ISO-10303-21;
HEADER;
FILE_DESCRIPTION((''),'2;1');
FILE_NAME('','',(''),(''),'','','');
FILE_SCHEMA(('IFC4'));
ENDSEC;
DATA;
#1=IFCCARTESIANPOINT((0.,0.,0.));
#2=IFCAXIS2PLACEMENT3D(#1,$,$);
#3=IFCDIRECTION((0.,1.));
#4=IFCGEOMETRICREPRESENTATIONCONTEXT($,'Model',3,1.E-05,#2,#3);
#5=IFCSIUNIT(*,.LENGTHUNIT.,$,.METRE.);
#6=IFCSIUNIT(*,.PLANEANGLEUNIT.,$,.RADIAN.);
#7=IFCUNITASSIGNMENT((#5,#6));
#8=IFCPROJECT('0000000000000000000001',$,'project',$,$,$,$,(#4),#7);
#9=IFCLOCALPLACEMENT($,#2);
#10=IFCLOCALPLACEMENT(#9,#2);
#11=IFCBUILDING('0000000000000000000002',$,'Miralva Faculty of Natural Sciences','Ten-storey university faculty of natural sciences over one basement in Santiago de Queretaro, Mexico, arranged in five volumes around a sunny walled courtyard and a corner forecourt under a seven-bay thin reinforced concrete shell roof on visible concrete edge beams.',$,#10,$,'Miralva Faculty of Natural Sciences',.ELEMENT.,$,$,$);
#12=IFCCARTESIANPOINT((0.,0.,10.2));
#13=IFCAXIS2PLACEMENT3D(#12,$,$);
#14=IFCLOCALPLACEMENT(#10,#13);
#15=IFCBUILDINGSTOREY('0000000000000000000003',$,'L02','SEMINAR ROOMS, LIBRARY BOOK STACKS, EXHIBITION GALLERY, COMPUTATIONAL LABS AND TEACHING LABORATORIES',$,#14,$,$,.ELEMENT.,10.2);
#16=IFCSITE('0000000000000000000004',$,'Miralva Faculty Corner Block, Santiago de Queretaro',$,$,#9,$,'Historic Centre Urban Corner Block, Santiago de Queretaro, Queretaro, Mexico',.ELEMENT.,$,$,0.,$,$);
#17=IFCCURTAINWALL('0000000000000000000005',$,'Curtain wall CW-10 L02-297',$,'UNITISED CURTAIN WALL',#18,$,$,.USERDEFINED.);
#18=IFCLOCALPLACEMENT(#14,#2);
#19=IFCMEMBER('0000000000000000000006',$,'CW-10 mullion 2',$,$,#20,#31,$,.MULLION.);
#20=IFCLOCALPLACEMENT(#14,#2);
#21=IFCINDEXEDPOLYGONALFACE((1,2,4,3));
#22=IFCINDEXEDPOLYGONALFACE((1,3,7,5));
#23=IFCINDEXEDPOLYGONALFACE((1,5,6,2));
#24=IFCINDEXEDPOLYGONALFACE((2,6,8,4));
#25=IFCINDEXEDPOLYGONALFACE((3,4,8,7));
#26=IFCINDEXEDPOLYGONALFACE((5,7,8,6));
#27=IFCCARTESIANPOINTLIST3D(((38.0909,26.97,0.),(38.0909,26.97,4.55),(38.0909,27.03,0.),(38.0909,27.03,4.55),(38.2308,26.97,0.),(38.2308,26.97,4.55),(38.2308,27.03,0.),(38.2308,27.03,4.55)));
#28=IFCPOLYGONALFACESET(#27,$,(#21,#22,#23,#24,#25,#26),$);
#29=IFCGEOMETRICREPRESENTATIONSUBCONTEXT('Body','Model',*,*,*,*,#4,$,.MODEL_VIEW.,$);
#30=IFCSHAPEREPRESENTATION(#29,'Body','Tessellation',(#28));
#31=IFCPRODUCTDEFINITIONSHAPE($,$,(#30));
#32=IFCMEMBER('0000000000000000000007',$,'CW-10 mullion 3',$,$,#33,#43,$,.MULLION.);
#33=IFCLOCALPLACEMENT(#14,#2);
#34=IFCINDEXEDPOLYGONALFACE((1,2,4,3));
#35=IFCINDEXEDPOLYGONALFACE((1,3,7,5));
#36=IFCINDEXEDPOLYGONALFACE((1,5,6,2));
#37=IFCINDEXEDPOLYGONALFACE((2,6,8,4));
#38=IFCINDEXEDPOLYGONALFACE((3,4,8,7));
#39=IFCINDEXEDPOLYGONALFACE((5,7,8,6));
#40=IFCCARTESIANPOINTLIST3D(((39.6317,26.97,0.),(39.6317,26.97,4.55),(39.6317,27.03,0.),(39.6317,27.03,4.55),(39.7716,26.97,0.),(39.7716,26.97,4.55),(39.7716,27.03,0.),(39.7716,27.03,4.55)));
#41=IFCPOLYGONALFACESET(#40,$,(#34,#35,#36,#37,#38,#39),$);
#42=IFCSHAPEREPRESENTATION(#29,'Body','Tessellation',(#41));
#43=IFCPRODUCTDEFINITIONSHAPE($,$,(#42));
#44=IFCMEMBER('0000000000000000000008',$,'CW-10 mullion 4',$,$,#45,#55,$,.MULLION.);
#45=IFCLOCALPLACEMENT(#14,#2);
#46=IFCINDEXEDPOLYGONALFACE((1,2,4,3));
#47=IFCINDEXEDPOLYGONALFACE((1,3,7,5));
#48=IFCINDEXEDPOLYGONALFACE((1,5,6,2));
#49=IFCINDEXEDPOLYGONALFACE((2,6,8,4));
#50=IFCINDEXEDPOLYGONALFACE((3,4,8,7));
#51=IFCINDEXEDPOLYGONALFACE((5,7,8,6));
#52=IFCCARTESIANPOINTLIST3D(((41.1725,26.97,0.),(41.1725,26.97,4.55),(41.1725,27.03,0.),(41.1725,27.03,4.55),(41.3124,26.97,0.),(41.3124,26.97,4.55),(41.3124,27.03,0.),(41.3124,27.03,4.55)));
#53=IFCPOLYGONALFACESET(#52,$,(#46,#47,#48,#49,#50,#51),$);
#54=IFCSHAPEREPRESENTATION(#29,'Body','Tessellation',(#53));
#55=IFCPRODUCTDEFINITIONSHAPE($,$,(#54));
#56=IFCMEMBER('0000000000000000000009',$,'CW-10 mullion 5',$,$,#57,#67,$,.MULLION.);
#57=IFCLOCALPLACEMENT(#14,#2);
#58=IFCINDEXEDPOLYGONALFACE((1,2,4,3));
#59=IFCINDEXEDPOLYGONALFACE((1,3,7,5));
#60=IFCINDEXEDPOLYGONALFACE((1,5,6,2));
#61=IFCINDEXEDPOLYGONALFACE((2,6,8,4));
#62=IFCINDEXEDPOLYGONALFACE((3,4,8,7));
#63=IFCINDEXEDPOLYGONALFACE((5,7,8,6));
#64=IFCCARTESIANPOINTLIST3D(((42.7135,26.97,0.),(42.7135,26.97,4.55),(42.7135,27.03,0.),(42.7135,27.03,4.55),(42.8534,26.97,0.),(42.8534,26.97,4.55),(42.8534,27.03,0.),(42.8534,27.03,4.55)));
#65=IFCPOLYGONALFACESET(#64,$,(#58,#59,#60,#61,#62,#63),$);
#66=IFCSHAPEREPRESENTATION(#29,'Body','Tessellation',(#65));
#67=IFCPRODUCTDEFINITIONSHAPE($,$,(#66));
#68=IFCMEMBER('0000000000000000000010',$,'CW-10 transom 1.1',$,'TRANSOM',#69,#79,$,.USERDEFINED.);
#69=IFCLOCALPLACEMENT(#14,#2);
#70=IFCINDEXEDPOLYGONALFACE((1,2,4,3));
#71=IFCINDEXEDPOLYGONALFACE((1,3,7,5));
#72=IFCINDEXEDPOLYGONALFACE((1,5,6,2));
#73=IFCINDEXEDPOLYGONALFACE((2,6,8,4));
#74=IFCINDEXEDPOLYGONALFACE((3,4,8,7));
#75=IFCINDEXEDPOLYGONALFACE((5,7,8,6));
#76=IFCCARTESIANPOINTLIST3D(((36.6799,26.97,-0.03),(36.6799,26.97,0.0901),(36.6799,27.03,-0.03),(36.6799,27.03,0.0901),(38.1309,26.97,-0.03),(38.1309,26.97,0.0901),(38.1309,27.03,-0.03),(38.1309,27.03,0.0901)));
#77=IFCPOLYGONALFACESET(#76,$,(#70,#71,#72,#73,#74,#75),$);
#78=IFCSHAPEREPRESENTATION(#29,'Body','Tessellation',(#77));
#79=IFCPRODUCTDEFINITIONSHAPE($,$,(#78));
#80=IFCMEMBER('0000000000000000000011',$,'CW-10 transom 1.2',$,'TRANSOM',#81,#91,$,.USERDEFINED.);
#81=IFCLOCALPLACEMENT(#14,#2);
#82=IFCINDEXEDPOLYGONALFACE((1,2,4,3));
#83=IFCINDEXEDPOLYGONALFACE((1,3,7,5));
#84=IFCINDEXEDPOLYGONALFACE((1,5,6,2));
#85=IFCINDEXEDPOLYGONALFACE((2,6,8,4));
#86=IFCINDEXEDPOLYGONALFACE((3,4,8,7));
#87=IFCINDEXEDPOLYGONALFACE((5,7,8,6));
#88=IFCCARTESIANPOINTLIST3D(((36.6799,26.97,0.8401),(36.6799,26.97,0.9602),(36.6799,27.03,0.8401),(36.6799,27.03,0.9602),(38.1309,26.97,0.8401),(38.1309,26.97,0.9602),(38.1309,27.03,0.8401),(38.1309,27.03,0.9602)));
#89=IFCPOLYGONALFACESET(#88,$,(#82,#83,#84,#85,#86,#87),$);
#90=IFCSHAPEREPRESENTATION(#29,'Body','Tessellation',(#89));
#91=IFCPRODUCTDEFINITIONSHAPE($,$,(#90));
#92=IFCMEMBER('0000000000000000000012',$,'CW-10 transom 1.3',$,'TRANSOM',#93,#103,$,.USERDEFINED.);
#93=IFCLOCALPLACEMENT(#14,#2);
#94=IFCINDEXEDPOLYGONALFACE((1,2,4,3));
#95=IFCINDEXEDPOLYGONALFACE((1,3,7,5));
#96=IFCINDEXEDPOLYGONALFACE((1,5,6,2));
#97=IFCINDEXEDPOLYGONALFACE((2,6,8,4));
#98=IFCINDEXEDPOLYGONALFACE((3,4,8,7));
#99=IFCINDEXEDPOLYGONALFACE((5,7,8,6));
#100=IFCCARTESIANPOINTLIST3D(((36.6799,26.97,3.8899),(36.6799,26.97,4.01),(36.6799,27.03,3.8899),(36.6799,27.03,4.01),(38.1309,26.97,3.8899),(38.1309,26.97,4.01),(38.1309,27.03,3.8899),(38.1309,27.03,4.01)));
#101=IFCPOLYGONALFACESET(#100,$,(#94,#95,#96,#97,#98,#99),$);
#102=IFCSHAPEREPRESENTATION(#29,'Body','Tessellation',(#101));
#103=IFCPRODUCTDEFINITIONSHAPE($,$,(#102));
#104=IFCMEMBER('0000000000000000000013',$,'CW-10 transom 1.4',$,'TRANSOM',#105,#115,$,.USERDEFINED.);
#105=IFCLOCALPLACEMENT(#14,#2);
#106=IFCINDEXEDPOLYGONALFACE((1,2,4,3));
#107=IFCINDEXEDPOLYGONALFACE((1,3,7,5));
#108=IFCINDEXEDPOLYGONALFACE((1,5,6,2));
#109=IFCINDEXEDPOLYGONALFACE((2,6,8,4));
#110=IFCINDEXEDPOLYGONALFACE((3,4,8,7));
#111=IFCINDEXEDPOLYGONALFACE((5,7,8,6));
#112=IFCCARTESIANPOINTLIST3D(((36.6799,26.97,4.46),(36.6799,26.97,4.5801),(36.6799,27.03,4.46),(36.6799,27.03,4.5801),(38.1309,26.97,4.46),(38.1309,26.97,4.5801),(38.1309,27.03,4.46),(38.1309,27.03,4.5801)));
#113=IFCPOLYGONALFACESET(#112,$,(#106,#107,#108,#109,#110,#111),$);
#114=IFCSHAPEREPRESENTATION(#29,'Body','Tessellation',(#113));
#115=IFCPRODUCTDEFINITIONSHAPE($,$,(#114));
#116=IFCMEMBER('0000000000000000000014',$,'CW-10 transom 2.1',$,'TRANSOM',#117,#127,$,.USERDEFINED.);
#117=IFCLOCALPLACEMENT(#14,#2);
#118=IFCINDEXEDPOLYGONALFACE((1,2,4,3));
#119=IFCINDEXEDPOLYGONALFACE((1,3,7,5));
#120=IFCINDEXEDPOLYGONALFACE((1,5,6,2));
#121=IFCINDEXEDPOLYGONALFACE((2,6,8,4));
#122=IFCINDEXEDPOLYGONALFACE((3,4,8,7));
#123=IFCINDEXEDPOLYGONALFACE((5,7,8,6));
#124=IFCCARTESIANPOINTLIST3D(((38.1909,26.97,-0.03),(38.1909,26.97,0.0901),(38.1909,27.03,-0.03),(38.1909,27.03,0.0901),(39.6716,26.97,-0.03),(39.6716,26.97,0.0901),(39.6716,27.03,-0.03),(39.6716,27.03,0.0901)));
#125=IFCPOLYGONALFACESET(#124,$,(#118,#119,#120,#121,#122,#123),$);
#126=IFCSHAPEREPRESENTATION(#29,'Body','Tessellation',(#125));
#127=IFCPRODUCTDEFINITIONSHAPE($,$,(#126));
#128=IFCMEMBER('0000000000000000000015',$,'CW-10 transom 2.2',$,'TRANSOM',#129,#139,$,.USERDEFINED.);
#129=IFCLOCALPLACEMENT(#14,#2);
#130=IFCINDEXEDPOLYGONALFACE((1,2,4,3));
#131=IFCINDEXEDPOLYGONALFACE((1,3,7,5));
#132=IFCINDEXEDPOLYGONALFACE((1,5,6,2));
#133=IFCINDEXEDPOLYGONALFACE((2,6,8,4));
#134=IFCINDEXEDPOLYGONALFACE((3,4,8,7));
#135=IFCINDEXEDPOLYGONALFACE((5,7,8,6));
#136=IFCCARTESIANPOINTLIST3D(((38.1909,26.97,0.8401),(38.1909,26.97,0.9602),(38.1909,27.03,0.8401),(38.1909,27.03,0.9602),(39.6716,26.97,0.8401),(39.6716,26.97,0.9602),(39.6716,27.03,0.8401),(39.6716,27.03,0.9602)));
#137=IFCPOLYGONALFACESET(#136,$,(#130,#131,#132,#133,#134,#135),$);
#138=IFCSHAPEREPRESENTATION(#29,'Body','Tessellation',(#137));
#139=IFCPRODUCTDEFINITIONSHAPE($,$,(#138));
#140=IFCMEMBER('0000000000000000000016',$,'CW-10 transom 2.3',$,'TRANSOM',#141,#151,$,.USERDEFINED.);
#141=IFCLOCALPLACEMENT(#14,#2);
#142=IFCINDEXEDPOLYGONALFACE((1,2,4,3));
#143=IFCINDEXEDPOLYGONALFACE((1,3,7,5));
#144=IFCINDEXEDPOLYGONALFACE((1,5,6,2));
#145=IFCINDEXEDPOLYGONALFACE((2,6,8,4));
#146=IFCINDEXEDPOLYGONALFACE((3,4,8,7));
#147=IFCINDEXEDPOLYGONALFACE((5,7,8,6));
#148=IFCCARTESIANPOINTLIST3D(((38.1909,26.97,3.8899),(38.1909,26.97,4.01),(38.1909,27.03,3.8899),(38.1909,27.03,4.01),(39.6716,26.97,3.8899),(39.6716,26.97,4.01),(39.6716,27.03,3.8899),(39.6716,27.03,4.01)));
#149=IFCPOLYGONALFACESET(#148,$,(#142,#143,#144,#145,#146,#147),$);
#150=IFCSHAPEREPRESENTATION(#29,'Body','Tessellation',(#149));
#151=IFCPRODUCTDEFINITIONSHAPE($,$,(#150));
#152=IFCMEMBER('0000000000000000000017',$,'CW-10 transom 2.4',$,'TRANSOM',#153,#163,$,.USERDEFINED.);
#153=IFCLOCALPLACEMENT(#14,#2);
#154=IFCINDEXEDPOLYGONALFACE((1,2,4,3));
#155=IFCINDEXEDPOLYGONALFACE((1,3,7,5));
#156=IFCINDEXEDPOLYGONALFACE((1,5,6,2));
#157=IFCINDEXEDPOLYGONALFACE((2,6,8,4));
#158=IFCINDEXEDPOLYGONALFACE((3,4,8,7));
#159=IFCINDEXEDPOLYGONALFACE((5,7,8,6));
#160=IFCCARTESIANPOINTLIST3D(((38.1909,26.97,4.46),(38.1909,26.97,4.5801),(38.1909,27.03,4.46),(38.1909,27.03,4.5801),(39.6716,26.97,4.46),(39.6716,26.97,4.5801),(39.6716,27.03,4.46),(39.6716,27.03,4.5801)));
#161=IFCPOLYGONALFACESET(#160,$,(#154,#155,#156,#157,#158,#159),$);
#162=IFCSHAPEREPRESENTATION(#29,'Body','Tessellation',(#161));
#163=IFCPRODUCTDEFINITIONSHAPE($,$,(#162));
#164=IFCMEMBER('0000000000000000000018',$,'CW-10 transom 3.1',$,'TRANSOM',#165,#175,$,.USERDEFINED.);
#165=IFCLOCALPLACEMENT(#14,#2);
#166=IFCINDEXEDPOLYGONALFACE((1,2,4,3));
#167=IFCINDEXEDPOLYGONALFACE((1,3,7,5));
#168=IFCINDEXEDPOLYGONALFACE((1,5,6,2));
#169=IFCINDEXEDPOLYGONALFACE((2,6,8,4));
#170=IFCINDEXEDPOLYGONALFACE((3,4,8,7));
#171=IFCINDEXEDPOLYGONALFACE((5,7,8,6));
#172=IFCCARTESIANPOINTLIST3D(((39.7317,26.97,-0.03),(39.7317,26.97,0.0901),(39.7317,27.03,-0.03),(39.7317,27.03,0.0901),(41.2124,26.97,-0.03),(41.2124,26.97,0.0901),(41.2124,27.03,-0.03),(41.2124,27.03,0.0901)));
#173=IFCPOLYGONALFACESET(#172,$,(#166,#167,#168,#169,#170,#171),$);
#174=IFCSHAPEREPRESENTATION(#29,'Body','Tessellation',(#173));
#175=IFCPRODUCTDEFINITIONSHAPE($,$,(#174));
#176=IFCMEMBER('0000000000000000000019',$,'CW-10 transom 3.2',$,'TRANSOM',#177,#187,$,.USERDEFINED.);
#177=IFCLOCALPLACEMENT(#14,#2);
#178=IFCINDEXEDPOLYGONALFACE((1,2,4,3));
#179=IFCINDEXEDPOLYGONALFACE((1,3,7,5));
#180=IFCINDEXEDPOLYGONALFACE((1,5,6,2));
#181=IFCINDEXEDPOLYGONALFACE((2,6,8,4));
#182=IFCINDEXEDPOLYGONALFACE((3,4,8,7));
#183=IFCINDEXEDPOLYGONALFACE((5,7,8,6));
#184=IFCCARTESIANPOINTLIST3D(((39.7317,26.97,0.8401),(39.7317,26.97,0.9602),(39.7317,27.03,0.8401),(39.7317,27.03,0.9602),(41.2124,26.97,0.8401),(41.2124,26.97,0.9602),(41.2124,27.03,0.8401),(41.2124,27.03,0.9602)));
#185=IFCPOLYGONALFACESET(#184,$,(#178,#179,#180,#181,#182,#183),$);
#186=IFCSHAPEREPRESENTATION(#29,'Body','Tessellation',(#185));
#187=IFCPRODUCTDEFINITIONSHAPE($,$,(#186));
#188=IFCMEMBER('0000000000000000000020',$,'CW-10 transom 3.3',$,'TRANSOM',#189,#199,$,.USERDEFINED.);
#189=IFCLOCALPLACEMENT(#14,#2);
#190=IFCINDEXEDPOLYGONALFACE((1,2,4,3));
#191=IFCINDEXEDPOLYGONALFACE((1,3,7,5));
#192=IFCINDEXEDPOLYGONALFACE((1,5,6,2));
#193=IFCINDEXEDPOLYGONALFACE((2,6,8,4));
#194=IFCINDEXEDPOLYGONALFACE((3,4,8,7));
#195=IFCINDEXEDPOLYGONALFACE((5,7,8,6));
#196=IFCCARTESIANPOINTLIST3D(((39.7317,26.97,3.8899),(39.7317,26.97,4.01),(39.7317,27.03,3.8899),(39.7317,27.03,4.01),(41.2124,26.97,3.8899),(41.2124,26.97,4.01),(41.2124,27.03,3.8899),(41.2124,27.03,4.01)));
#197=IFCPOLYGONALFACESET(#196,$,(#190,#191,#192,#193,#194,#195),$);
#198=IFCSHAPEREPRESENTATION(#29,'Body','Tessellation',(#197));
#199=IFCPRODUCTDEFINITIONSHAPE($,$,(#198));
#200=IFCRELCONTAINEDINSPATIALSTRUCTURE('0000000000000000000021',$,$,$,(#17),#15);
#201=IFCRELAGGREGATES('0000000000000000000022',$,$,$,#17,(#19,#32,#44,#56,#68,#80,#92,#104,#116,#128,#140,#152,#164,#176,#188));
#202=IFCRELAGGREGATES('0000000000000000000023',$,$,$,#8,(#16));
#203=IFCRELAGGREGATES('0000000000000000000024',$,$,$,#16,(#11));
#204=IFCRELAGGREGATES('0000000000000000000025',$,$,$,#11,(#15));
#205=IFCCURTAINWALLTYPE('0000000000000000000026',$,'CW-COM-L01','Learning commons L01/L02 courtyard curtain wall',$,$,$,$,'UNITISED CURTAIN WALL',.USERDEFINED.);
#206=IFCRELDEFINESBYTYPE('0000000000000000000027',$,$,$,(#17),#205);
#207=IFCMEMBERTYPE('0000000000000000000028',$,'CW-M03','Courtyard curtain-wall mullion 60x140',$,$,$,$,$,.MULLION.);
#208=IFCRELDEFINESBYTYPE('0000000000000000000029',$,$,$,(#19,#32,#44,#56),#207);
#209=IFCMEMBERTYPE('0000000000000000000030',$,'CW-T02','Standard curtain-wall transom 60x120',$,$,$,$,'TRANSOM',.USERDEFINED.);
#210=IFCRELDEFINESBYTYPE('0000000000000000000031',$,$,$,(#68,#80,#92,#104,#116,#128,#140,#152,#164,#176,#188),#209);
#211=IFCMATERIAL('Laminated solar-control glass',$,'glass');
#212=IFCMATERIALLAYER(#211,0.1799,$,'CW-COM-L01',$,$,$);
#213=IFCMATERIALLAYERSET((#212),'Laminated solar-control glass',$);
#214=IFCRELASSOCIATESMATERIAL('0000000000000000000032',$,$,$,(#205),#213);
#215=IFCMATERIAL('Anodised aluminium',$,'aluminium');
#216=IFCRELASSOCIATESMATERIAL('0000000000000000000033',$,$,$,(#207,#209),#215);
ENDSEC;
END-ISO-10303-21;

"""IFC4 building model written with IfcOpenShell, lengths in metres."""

from ifc_helpers import new_model, si_unit, direction, frame, origin, origin_2d, place, context, subcontext, project, spatial, rectangle, extrude, material, layer, layer_set, material_profile, profile_set, type_object, element, aggregate, save


model = new_model("IFC4")

# Units and contexts
model_context = context("Model", 3, precision=1e-05, world=origin(), true_north=direction((0.0, 1.0)))
body_context = subcontext(model_context, "Body", "Model", "MODEL_VIEW")
ifc_project = project(units=[si_unit("LENGTHUNIT", "METRE"), si_unit("PLANEANGLEUNIT", "RADIAN")], contexts=[model_context])

# Site, building, storey
site_placement = place(None, origin())
site = spatial("IfcSite", under=ifc_project, at=site_placement, Name="Miralva Faculty Corner Block, Santiago de Queretaro", LongName="Historic Centre Urban Corner Block, Santiago de Queretaro, Queretaro, Mexico", CompositionType="ELEMENT", RefElevation=0.0)
building_placement = place(site_placement, origin())
building = spatial("IfcBuilding", under=site, at=building_placement, Name="Miralva Faculty of Natural Sciences", Description="Ten-storey university faculty of natural sciences over one basement in Santiago de Queretaro, Mexico, arranged in five volumes around a sunny walled courtyard and a corner forecourt under a seven-bay thin reinforced concrete shell roof on visible concrete edge beams.", LongName="Miralva Faculty of Natural Sciences", CompositionType="ELEMENT")
storey_placement = place(building_placement, frame((0.0, 0.0, 10.2)))
storey = spatial("IfcBuildingStorey", under=building, at=storey_placement, Name="L02", Description="SEMINAR ROOMS, LIBRARY BOOK STACKS, EXHIBITION GALLERY, COMPUTATIONAL LABS AND TEACHING LABORATORIES", CompositionType="ELEMENT", Elevation=10.2)

# Curtain wall, members
ifc_material_1 = material(Name="Laminated solar-control glass", Category="glass")
ifc_layer_1 = layer(ifc_material_1, 0.1799, Name="CW-COM-L01")
ifc_layer_set_1 = layer_set([ifc_layer_1], Name="Laminated solar-control glass")
curtain_wall_type = type_object("IfcCurtainWallType", Name="CW-COM-L01", Description="Learning commons L01/L02 courtyard curtain wall", ElementType="UNITISED CURTAIN WALL", PredefinedType="USERDEFINED", material=ifc_layer_set_1)
curtain_wall_placement = place(storey_placement, origin())
curtain_wall = element("IfcCurtainWall", 1, at=curtain_wall_placement, inside=storey, type_object=curtain_wall_type, Name="Curtain wall CW-10 L02-297", ObjectType="UNITISED CURTAIN WALL", PredefinedType="USERDEFINED")
ifc_material_2 = material(Name="Anodised aluminium", Category="aluminium")
ifc_material_profile_1 = material_profile(ifc_material_2, rectangle(XDim=0.0601, YDim=0.1399, at=origin_2d()), Name="MULLION 60x140")
ifc_profile_set_1 = profile_set([ifc_material_profile_1], Name="Anodised aluminium")
member_type_1 = type_object("IfcMemberType", Name="CW-M03", Description="Courtyard curtain-wall mullion 60x140", PredefinedType="MULLION", material=ifc_profile_set_1)
member_1_placement = place(storey_placement, frame((38.1609, 27.0, 0.0), z_axis=(0.0, 0.0, 1.0), x_axis=(0.0, 1.0, 0.0)))
member_1 = element("IfcMember", 2, at=member_1_placement, type_object=member_type_1, Name="CW-10 mullion 2", PredefinedType="MULLION", context=body_context, shape_type="SweptSolid", body=[
    extrude(rectangle(XDim=0.0601, YDim=0.1399, at=origin_2d()), origin(), (0.0, 0.0, 1.0), 4.55),
])
member_2_placement = place(storey_placement, frame((39.7017, 27.0, 0.0), z_axis=(0.0, 0.0, 1.0), x_axis=(0.0, 1.0, 0.0)))
member_2 = element("IfcMember", 3, at=member_2_placement, type_object=member_type_1, Name="CW-10 mullion 3", PredefinedType="MULLION", context=body_context, shape_type="SweptSolid", body=[
    extrude(rectangle(XDim=0.0601, YDim=0.1399, at=origin_2d()), origin(), (0.0, 0.0, 1.0), 4.55),
])
member_3_placement = place(storey_placement, frame((41.2424, 27.0, 0.0), z_axis=(0.0, 0.0, 1.0), x_axis=(0.0, 1.0, 0.0)))
member_3 = element("IfcMember", 4, at=member_3_placement, type_object=member_type_1, Name="CW-10 mullion 4", PredefinedType="MULLION", context=body_context, shape_type="SweptSolid", body=[
    extrude(rectangle(XDim=0.0601, YDim=0.1399, at=origin_2d()), origin(), (0.0, 0.0, 1.0), 4.55),
])
member_4_placement = place(storey_placement, frame((42.7834, 27.0, 0.0), z_axis=(0.0, 0.0, 1.0), x_axis=(0.0, 1.0, 0.0)))
member_4 = element("IfcMember", 5, at=member_4_placement, type_object=member_type_1, Name="CW-10 mullion 5", PredefinedType="MULLION", context=body_context, shape_type="SweptSolid", body=[
    extrude(rectangle(XDim=0.0601, YDim=0.1399, at=origin_2d()), origin(), (0.0, 0.0, 1.0), 4.55),
])
ifc_material_profile_2 = material_profile(ifc_material_2, rectangle(XDim=0.0601, YDim=0.1201, at=origin_2d()), Name="TRANSOM 60x120")
ifc_profile_set_2 = profile_set([ifc_material_profile_2], Name="Anodised aluminium")
member_type_2 = type_object("IfcMemberType", Name="CW-T02", Description="Standard curtain-wall transom 60x120", ElementType="TRANSOM", PredefinedType="USERDEFINED", material=ifc_profile_set_2)
member_5_placement = place(storey_placement, frame((36.6799, 27.0, 0.03), z_axis=(1.0, 0.0, 0.0), x_axis=(0.0, 1.0, 0.0)))
member_5 = element("IfcMember", 6, at=member_5_placement, type_object=member_type_2, Name="CW-10 transom 1.1", ObjectType="TRANSOM", PredefinedType="USERDEFINED", context=body_context, shape_type="SweptSolid", body=[
    extrude(rectangle(XDim=0.0601, YDim=0.1201, at=origin_2d()), origin(), (0.0, 0.0, 1.0), 1.4509),
])
member_6_placement = place(storey_placement, frame((36.6799, 27.0, 0.9001), z_axis=(1.0, 0.0, 0.0), x_axis=(0.0, 1.0, 0.0)))
member_6 = element("IfcMember", 7, at=member_6_placement, type_object=member_type_2, Name="CW-10 transom 1.2", ObjectType="TRANSOM", PredefinedType="USERDEFINED", context=body_context, shape_type="SweptSolid", body=[
    extrude(rectangle(XDim=0.0601, YDim=0.1201, at=origin_2d()), origin(), (0.0, 0.0, 1.0), 1.4509),
])
member_7_placement = place(storey_placement, frame((36.6799, 27.0, 3.95), z_axis=(1.0, 0.0, 0.0), x_axis=(0.0, 1.0, 0.0)))
member_7 = element("IfcMember", 8, at=member_7_placement, type_object=member_type_2, Name="CW-10 transom 1.3", ObjectType="TRANSOM", PredefinedType="USERDEFINED", context=body_context, shape_type="SweptSolid", body=[
    extrude(rectangle(XDim=0.0601, YDim=0.1201, at=origin_2d()), origin(), (0.0, 0.0, 1.0), 1.4509),
])
member_8_placement = place(storey_placement, frame((36.6799, 27.0, 4.52), z_axis=(1.0, 0.0, 0.0), x_axis=(0.0, 1.0, 0.0)))
member_8 = element("IfcMember", 9, at=member_8_placement, type_object=member_type_2, Name="CW-10 transom 1.4", ObjectType="TRANSOM", PredefinedType="USERDEFINED", context=body_context, shape_type="SweptSolid", body=[
    extrude(rectangle(XDim=0.0601, YDim=0.1201, at=origin_2d()), origin(), (0.0, 0.0, 1.0), 1.4509),
])
member_9_placement = place(storey_placement, frame((38.1909, 27.0, 0.03), z_axis=(1.0, 0.0, 0.0), x_axis=(0.0, 1.0, 0.0)))
member_9 = element("IfcMember", 10, at=member_9_placement, type_object=member_type_2, Name="CW-10 transom 2.1", ObjectType="TRANSOM", PredefinedType="USERDEFINED", context=body_context, shape_type="SweptSolid", body=[
    extrude(rectangle(XDim=0.0601, YDim=0.1201, at=origin_2d()), origin(), (0.0, 0.0, 1.0), 1.4807),
])
member_10_placement = place(storey_placement, frame((38.1909, 27.0, 0.9001), z_axis=(1.0, 0.0, 0.0), x_axis=(0.0, 1.0, 0.0)))
member_10 = element("IfcMember", 11, at=member_10_placement, type_object=member_type_2, Name="CW-10 transom 2.2", ObjectType="TRANSOM", PredefinedType="USERDEFINED", context=body_context, shape_type="SweptSolid", body=[
    extrude(rectangle(XDim=0.0601, YDim=0.1201, at=origin_2d()), origin(), (0.0, 0.0, 1.0), 1.4807),
])
member_11_placement = place(storey_placement, frame((38.1909, 27.0, 3.95), z_axis=(1.0, 0.0, 0.0), x_axis=(0.0, 1.0, 0.0)))
member_11 = element("IfcMember", 12, at=member_11_placement, type_object=member_type_2, Name="CW-10 transom 2.3", ObjectType="TRANSOM", PredefinedType="USERDEFINED", context=body_context, shape_type="SweptSolid", body=[
    extrude(rectangle(XDim=0.0601, YDim=0.1201, at=origin_2d()), origin(), (0.0, 0.0, 1.0), 1.4807),
])
member_12_placement = place(storey_placement, frame((38.1909, 27.0, 4.52), z_axis=(1.0, 0.0, 0.0), x_axis=(0.0, 1.0, 0.0)))
member_12 = element("IfcMember", 13, at=member_12_placement, type_object=member_type_2, Name="CW-10 transom 2.4", ObjectType="TRANSOM", PredefinedType="USERDEFINED", context=body_context, shape_type="SweptSolid", body=[
    extrude(rectangle(XDim=0.0601, YDim=0.1201, at=origin_2d()), origin(), (0.0, 0.0, 1.0), 1.4807),
])
member_13_placement = place(storey_placement, frame((39.7317, 27.0, 0.03), z_axis=(1.0, 0.0, 0.0), x_axis=(0.0, 1.0, 0.0)))
member_13 = element("IfcMember", 14, at=member_13_placement, type_object=member_type_2, Name="CW-10 transom 3.1", ObjectType="TRANSOM", PredefinedType="USERDEFINED", context=body_context, shape_type="SweptSolid", body=[
    extrude(rectangle(XDim=0.0601, YDim=0.1201, at=origin_2d()), origin(), (0.0, 0.0, 1.0), 1.4807),
])
member_14_placement = place(storey_placement, frame((39.7317, 27.0, 0.9001), z_axis=(1.0, 0.0, 0.0), x_axis=(0.0, 1.0, 0.0)))
member_14 = element("IfcMember", 15, at=member_14_placement, type_object=member_type_2, Name="CW-10 transom 3.2", ObjectType="TRANSOM", PredefinedType="USERDEFINED", context=body_context, shape_type="SweptSolid", body=[
    extrude(rectangle(XDim=0.0601, YDim=0.1201, at=origin_2d()), origin(), (0.0, 0.0, 1.0), 1.4807),
])
member_15_placement = place(storey_placement, frame((39.7317, 27.0, 3.95), z_axis=(1.0, 0.0, 0.0), x_axis=(0.0, 1.0, 0.0)))
member_15 = element("IfcMember", 16, at=member_15_placement, type_object=member_type_2, Name="CW-10 transom 3.3", ObjectType="TRANSOM", PredefinedType="USERDEFINED", context=body_context, shape_type="SweptSolid", body=[
    extrude(rectangle(XDim=0.0601, YDim=0.1201, at=origin_2d()), origin(), (0.0, 0.0, 1.0), 1.4807),
])
aggregate(curtain_wall, [member_1, member_2, member_3, member_4, member_5, member_6, member_7, member_8, member_9, member_10, member_11, member_12, member_13, member_14, member_15])

save(model, "model.ifc")
